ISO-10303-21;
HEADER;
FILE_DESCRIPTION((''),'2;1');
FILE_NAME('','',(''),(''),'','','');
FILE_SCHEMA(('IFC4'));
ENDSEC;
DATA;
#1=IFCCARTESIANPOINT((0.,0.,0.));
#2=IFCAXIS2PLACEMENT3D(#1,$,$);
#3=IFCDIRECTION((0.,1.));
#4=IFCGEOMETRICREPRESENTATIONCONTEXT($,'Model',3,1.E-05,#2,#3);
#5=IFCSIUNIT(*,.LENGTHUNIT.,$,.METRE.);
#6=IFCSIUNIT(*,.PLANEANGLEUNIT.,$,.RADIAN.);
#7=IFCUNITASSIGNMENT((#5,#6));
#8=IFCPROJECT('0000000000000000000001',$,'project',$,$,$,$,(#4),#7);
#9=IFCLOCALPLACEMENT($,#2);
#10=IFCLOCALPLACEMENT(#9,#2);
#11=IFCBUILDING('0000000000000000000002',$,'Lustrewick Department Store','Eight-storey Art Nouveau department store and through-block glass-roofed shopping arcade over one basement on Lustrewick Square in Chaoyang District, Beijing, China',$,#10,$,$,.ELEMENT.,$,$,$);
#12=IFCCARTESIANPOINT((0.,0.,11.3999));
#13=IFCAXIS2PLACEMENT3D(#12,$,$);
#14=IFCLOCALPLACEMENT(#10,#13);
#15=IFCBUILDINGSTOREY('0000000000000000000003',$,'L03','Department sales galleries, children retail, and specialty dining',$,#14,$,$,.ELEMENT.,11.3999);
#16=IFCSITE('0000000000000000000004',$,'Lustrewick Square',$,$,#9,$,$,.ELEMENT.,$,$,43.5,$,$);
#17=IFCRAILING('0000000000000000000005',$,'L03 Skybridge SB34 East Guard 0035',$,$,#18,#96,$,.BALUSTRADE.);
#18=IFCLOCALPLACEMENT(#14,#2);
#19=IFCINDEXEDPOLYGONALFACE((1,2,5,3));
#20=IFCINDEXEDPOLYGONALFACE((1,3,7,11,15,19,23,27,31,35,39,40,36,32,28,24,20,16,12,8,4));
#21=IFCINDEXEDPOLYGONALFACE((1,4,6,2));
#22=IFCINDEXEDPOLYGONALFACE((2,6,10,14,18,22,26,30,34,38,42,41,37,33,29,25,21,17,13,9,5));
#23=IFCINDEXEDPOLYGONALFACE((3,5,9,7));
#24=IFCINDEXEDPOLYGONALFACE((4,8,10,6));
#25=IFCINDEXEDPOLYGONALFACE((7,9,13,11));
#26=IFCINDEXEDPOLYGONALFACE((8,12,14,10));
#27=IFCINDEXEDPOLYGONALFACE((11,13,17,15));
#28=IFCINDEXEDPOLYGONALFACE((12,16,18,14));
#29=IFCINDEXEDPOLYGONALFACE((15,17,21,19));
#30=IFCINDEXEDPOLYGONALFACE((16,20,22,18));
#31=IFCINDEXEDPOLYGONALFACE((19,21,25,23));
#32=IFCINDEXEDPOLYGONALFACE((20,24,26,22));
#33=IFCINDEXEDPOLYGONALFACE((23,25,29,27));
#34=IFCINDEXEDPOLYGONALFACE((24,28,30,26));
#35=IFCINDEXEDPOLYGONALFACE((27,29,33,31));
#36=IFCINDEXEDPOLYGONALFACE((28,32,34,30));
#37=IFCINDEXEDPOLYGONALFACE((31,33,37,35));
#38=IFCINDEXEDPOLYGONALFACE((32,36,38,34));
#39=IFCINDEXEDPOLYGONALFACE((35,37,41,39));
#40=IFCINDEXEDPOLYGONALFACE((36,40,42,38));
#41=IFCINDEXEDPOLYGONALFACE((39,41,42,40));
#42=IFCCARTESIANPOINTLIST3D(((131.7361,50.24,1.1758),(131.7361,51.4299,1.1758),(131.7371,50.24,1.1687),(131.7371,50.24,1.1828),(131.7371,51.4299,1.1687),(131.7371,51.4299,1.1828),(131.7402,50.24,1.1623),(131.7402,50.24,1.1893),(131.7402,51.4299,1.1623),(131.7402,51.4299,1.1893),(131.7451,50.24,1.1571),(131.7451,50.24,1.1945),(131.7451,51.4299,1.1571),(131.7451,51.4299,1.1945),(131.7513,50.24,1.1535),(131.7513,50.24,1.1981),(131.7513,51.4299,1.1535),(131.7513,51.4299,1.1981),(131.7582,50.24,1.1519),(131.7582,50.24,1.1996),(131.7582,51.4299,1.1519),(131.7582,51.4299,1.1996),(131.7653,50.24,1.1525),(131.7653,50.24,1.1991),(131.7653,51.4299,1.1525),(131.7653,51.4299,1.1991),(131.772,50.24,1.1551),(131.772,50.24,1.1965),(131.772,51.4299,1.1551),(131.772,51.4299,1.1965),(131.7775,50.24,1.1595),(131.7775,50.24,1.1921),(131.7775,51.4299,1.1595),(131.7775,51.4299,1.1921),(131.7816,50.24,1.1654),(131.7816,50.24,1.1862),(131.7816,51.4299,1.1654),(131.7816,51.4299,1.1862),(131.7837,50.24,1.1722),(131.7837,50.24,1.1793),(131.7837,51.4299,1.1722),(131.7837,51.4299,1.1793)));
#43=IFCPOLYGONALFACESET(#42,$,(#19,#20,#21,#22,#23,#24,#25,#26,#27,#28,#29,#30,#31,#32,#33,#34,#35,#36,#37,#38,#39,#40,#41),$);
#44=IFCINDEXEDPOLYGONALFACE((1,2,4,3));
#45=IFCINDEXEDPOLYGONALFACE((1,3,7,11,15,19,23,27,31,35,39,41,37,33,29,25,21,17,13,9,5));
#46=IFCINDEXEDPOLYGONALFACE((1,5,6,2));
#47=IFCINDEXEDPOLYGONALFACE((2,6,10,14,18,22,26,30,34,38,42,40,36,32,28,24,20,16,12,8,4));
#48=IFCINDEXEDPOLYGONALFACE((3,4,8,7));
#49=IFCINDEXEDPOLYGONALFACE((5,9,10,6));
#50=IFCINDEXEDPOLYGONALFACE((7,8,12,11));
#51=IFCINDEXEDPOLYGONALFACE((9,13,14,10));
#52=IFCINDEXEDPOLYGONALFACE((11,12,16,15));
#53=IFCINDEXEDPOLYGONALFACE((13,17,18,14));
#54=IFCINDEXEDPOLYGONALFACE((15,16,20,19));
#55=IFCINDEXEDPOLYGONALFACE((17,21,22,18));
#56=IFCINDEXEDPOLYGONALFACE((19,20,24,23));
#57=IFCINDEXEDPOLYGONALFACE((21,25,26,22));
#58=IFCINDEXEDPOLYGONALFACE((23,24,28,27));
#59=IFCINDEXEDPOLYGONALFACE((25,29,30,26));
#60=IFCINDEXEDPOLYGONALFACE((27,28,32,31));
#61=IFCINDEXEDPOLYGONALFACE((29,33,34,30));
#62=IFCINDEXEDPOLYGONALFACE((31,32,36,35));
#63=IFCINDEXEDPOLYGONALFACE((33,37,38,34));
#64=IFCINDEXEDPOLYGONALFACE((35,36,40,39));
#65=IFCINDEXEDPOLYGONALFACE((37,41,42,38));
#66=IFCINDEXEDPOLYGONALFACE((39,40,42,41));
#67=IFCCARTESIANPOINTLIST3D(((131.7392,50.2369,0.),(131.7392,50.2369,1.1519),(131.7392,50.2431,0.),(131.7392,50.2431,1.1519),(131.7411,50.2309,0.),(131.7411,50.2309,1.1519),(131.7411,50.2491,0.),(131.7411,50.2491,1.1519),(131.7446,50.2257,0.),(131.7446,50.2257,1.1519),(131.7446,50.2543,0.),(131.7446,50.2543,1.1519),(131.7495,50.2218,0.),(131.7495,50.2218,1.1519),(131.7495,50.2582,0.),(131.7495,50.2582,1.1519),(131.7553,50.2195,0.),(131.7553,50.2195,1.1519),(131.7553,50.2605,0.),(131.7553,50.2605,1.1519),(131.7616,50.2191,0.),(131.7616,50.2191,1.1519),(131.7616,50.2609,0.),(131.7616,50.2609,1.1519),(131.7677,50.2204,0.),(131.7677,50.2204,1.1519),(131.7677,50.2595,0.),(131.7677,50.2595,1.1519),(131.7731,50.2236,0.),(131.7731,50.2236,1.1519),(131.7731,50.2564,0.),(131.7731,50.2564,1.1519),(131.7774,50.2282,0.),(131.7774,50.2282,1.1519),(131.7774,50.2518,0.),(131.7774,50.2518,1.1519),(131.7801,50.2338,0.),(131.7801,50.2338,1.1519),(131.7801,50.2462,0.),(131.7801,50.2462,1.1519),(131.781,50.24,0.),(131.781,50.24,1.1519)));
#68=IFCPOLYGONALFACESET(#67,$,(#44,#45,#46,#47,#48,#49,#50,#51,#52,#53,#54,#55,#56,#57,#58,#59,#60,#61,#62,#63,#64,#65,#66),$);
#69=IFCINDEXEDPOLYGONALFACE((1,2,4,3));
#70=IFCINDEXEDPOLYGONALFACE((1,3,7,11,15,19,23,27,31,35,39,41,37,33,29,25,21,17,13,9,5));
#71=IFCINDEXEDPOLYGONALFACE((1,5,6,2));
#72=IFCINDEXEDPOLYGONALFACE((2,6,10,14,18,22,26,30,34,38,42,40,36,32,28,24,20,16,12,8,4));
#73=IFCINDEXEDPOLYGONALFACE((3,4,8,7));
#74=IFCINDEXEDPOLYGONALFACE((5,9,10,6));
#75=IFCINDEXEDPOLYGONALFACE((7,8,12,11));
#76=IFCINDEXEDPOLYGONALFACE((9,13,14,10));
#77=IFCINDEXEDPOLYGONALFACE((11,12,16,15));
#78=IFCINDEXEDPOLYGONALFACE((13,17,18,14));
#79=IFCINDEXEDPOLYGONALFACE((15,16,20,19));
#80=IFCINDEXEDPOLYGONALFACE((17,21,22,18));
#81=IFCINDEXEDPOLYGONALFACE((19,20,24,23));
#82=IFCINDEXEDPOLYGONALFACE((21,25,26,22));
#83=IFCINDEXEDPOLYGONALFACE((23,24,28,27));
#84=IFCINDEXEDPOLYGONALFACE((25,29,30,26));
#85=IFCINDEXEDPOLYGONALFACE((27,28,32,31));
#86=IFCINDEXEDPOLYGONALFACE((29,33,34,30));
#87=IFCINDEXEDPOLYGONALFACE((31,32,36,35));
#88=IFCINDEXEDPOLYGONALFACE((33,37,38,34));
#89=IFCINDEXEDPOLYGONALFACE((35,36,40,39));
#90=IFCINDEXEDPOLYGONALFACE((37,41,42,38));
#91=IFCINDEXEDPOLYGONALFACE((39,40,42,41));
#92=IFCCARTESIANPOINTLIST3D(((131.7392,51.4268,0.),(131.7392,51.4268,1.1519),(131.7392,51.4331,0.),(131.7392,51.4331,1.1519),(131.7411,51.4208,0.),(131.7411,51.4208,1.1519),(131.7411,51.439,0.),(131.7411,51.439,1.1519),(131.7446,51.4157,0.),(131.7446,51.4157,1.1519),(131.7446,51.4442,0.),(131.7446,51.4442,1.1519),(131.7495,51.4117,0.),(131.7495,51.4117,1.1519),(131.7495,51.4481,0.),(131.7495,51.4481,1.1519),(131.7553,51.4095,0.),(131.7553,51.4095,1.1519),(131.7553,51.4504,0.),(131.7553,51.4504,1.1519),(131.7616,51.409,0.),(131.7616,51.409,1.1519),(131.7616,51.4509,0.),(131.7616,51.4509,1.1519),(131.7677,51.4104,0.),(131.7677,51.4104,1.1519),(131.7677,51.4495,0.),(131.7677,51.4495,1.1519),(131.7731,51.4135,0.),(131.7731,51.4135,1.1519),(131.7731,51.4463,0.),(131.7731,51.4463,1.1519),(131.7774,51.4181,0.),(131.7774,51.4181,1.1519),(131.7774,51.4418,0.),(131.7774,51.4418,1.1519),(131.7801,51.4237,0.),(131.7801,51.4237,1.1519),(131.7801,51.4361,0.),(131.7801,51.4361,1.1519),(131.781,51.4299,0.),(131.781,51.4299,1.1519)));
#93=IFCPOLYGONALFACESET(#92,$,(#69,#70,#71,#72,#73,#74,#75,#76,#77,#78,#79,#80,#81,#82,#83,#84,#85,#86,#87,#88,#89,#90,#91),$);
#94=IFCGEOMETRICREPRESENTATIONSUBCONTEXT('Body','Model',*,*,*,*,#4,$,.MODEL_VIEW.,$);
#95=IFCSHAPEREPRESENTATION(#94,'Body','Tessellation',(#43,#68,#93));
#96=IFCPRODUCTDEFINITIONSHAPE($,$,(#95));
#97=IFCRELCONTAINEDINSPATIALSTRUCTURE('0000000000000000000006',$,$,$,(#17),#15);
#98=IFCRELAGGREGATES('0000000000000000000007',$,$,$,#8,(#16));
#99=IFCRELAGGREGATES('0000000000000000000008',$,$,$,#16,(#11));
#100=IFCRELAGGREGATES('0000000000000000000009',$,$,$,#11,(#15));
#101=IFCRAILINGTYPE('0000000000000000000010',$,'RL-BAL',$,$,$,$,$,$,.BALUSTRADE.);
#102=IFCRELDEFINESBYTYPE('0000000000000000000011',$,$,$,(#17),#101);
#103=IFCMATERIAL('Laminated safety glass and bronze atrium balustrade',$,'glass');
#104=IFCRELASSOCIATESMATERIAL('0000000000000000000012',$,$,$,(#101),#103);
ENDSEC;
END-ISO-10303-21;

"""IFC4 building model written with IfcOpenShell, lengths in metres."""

from ifc_helpers import new_model, si_unit, direction, frame, origin, origin_2d, place, context, subcontext, project, spatial, circle, extrude, material, type_object, element, save


model = new_model("IFC4")

# Units and contexts
model_context = context("Model", 3, precision=1e-05, world=origin(), true_north=direction((0.0, 1.0)))
body_context = subcontext(model_context, "Body", "Model", "MODEL_VIEW")
ifc_project = project(units=[si_unit("LENGTHUNIT", "METRE"), si_unit("PLANEANGLEUNIT", "RADIAN")], contexts=[model_context])

# Site, building, storey
site_placement = place(None, origin())
site = spatial("IfcSite", under=ifc_project, at=site_placement, Name="Lustrewick Square", CompositionType="ELEMENT", RefElevation=43.5)
building_placement = place(site_placement, origin())
building = spatial("IfcBuilding", under=site, at=building_placement, Name="Lustrewick Department Store", Description="Eight-storey Art Nouveau department store and through-block glass-roofed shopping arcade over one basement on Lustrewick Square in Chaoyang District, Beijing, China", CompositionType="ELEMENT")
storey_placement = place(building_placement, frame((0.0, 0.0, 11.3999)))
storey = spatial("IfcBuildingStorey", under=building, at=storey_placement, Name="L03", Description="Department sales galleries, children retail, and specialty dining", CompositionType="ELEMENT", Elevation=11.3999)

# Railing
ifc_material_1 = material(Name="Laminated safety glass and bronze atrium balustrade", Category="glass")
railing_type_1 = type_object("IfcRailingType", Name="RL-BAL", PredefinedType="BALUSTRADE", material=ifc_material_1)
for number, where, name in (
    (1, (131.76, 50.24, 0.0), "L03 Skybridge SB34 East Guard 0035"),
):
    element("IfcRailing", number, at=place(storey_placement, frame(where)), inside=storey, type_object=railing_type_1, Name=name, PredefinedType="BALUSTRADE", context=body_context, shape_type="SweptSolid", body=[
        extrude(circle(Radius=0.0239, at=origin_2d()), frame((0.0, 0.0, 1.1758), z_axis=(0.0, 1.0, 0.0), x_axis=(-1.0, 0.0, 0.0)), (0.0, 0.0, 1.0), 1.1899),
        extrude(circle(Radius=0.021, at=origin_2d()), origin(), (0.0, 0.0, 1.0), 1.1519),
        extrude(circle(Radius=0.021, at=origin_2d()), frame((0.0, 1.1899, 0.0)), (0.0, 0.0, 1.0), 1.1519),
    ])

save(model, "model.ifc")
